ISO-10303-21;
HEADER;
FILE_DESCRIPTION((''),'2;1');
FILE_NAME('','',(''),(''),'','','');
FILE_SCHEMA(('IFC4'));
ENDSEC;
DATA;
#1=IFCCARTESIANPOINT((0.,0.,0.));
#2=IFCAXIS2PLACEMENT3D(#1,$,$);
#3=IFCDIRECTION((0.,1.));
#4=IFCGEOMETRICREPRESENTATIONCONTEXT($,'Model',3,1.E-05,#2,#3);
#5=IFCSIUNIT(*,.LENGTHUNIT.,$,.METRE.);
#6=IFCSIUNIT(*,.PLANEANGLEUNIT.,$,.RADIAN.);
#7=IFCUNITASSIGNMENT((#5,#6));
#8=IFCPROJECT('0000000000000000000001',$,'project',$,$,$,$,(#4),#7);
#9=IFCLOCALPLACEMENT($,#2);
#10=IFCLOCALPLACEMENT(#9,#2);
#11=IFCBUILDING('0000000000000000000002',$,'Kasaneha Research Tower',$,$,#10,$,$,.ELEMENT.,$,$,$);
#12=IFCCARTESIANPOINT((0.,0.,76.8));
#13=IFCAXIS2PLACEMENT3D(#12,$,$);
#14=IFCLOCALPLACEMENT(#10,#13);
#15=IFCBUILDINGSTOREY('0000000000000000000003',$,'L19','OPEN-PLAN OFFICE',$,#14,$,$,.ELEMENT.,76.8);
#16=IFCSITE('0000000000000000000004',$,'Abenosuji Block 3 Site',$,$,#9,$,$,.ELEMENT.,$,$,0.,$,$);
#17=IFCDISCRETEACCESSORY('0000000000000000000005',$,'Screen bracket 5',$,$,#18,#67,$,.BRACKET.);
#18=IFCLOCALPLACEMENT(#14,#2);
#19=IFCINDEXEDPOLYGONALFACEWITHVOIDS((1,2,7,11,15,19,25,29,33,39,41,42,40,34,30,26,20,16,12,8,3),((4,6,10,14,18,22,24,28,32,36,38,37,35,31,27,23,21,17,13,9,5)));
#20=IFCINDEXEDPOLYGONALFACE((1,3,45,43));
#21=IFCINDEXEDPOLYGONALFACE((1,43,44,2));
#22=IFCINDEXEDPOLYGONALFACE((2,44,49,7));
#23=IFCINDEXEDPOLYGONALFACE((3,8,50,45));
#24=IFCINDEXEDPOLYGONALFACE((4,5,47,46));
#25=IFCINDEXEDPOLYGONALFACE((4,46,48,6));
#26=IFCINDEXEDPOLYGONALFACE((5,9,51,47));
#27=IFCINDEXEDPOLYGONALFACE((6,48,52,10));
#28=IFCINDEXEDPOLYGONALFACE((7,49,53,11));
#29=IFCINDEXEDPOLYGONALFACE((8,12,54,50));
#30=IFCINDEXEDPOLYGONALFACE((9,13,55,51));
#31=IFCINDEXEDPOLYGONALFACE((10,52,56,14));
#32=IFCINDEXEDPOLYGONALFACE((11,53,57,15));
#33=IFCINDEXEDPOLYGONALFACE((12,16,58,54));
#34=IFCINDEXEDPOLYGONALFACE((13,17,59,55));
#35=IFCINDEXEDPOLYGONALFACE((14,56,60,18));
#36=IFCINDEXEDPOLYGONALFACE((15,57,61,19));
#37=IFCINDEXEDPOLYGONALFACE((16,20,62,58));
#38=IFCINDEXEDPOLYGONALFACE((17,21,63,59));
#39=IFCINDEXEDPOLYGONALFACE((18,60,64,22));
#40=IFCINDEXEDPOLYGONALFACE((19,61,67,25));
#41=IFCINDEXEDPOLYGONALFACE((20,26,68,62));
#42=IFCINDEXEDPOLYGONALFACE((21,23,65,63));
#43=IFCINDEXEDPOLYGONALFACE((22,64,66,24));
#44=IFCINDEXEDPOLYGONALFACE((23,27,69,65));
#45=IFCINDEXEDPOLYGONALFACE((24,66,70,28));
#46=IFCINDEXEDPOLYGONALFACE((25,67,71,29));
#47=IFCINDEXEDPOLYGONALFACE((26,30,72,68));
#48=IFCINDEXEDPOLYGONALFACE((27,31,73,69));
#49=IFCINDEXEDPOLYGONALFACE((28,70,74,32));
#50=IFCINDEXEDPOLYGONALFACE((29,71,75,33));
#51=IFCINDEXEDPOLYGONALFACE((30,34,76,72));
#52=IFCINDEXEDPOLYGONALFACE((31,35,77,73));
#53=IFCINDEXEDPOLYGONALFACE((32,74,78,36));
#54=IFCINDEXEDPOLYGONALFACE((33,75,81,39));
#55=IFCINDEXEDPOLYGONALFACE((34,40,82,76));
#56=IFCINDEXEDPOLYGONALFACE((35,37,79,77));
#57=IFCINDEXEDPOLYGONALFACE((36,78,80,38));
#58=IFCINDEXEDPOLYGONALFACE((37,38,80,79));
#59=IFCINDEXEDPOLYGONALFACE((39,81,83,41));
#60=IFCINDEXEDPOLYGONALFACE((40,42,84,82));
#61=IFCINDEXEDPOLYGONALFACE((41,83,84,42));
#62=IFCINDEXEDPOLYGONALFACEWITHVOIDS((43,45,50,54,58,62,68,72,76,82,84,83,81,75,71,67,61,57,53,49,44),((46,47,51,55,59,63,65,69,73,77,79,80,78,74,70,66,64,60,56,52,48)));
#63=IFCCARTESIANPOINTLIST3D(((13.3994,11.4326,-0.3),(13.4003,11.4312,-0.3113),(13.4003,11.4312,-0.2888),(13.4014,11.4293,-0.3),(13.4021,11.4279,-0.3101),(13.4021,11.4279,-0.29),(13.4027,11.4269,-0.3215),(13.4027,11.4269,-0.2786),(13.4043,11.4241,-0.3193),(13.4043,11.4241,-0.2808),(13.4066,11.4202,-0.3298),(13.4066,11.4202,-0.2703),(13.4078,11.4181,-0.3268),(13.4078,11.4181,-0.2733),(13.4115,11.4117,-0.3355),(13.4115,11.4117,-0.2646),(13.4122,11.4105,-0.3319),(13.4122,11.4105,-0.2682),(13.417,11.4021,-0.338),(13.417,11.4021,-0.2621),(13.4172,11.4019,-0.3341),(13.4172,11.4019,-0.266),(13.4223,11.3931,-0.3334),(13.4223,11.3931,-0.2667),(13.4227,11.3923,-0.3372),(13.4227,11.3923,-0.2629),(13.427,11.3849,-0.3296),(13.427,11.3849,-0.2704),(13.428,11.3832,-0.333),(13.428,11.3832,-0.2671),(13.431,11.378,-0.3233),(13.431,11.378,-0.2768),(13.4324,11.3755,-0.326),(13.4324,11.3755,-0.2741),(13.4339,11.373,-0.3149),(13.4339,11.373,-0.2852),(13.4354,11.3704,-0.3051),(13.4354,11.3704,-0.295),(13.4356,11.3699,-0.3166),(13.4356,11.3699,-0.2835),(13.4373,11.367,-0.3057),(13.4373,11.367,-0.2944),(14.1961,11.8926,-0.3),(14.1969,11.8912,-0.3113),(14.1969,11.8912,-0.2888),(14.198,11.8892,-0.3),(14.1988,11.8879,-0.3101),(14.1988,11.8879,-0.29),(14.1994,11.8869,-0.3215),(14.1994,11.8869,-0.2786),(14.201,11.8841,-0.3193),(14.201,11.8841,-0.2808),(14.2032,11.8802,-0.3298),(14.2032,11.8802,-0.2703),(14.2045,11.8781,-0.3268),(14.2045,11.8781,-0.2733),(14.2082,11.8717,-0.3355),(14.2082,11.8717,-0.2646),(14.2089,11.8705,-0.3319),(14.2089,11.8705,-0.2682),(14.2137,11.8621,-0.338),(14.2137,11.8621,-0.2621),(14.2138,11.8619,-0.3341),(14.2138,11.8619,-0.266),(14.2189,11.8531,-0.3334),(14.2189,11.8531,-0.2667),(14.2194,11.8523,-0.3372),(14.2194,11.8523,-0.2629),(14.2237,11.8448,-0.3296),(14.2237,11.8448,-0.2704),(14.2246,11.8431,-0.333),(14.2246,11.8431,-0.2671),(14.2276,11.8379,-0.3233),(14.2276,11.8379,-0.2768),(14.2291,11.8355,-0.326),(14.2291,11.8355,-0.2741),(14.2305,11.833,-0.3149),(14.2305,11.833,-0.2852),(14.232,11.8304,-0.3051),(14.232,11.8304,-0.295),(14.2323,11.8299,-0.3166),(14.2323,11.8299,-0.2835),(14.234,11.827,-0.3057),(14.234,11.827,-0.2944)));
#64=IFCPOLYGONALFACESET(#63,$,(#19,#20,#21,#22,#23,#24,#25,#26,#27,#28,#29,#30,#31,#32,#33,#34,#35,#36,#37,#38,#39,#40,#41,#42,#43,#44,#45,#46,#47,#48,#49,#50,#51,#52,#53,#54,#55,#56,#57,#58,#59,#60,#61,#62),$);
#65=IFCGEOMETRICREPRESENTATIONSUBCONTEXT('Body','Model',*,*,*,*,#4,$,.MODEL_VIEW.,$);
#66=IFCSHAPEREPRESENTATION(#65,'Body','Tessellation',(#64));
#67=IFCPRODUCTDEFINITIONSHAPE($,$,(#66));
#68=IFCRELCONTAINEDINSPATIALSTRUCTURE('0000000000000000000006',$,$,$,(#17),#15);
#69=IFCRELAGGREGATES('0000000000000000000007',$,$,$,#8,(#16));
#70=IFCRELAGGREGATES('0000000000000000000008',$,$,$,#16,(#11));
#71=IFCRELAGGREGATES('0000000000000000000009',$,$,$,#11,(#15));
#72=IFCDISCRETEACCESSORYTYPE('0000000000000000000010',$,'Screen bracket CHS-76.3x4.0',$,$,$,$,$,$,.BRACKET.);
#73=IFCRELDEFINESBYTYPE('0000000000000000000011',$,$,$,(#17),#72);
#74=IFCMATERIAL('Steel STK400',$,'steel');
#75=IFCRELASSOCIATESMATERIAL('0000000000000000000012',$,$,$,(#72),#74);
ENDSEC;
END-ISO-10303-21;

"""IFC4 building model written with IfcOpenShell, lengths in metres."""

from ifc_helpers import new_model, si_unit, direction, frame, origin, origin_2d, place, context, subcontext, project, spatial, hollow_circle, extrude, material, material_profile, profile_set, type_object, element, save


model = new_model("IFC4")

# Units and contexts
model_context = context("Model", 3, precision=1e-05, world=origin(), true_north=direction((0.0, 1.0)))
body_context = subcontext(model_context, "Body", "Model", "MODEL_VIEW")
ifc_project = project(units=[si_unit("LENGTHUNIT", "METRE"), si_unit("PLANEANGLEUNIT", "RADIAN")], contexts=[model_context])

# Site, building, storey
site_placement = place(None, origin())
site = spatial("IfcSite", under=ifc_project, at=site_placement, Name="Abenosuji Block 3 Site", CompositionType="ELEMENT", RefElevation=0.0)
building_placement = place(site_placement, origin())
building = spatial("IfcBuilding", under=site, at=building_placement, Name="Kasaneha Research Tower", CompositionType="ELEMENT")
storey_placement = place(building_placement, frame((0.0, 0.0, 76.8)))
storey = spatial("IfcBuildingStorey", under=building, at=storey_placement, Name="L19", Description="OPEN-PLAN OFFICE", CompositionType="ELEMENT", Elevation=76.8)

# Discrete accessory
ifc_material_1 = material(Name="Steel STK400", Category="steel")
ifc_material_profile_1 = material_profile(ifc_material_1, hollow_circle(Radius=0.0381, WallThickness=0.0039, at=origin_2d()), Name="CHS-76.3x4.0")
ifc_profile_set_1 = profile_set([ifc_material_profile_1], Name="Steel STK400")
discrete_accessory_type = type_object("IfcDiscreteAccessoryType", Name="Screen bracket CHS-76.3x4.0", PredefinedType="BRACKET", material=ifc_profile_set_1)
for number, where, z_axis, x_axis, name in (
    (1, (13.4185, 11.3997, -0.3), (0.866013, 0.500021, 0.0), (-0.500021, 0.866013, 0.0), "Screen bracket 5"),
):
    element("IfcDiscreteAccessory", number, at=place(storey_placement, frame(where, z_axis=z_axis, x_axis=x_axis)), inside=storey, type_object=discrete_accessory_type, Name=name, PredefinedType="BRACKET", context=body_context, shape_type="SweptSolid", body=[
        extrude(hollow_circle(Radius=0.0381, WallThickness=0.0039, at=origin_2d()), origin(), (0.0, 0.0, 1.0), 0.9199),
    ])

save(model, "model.ifc")
